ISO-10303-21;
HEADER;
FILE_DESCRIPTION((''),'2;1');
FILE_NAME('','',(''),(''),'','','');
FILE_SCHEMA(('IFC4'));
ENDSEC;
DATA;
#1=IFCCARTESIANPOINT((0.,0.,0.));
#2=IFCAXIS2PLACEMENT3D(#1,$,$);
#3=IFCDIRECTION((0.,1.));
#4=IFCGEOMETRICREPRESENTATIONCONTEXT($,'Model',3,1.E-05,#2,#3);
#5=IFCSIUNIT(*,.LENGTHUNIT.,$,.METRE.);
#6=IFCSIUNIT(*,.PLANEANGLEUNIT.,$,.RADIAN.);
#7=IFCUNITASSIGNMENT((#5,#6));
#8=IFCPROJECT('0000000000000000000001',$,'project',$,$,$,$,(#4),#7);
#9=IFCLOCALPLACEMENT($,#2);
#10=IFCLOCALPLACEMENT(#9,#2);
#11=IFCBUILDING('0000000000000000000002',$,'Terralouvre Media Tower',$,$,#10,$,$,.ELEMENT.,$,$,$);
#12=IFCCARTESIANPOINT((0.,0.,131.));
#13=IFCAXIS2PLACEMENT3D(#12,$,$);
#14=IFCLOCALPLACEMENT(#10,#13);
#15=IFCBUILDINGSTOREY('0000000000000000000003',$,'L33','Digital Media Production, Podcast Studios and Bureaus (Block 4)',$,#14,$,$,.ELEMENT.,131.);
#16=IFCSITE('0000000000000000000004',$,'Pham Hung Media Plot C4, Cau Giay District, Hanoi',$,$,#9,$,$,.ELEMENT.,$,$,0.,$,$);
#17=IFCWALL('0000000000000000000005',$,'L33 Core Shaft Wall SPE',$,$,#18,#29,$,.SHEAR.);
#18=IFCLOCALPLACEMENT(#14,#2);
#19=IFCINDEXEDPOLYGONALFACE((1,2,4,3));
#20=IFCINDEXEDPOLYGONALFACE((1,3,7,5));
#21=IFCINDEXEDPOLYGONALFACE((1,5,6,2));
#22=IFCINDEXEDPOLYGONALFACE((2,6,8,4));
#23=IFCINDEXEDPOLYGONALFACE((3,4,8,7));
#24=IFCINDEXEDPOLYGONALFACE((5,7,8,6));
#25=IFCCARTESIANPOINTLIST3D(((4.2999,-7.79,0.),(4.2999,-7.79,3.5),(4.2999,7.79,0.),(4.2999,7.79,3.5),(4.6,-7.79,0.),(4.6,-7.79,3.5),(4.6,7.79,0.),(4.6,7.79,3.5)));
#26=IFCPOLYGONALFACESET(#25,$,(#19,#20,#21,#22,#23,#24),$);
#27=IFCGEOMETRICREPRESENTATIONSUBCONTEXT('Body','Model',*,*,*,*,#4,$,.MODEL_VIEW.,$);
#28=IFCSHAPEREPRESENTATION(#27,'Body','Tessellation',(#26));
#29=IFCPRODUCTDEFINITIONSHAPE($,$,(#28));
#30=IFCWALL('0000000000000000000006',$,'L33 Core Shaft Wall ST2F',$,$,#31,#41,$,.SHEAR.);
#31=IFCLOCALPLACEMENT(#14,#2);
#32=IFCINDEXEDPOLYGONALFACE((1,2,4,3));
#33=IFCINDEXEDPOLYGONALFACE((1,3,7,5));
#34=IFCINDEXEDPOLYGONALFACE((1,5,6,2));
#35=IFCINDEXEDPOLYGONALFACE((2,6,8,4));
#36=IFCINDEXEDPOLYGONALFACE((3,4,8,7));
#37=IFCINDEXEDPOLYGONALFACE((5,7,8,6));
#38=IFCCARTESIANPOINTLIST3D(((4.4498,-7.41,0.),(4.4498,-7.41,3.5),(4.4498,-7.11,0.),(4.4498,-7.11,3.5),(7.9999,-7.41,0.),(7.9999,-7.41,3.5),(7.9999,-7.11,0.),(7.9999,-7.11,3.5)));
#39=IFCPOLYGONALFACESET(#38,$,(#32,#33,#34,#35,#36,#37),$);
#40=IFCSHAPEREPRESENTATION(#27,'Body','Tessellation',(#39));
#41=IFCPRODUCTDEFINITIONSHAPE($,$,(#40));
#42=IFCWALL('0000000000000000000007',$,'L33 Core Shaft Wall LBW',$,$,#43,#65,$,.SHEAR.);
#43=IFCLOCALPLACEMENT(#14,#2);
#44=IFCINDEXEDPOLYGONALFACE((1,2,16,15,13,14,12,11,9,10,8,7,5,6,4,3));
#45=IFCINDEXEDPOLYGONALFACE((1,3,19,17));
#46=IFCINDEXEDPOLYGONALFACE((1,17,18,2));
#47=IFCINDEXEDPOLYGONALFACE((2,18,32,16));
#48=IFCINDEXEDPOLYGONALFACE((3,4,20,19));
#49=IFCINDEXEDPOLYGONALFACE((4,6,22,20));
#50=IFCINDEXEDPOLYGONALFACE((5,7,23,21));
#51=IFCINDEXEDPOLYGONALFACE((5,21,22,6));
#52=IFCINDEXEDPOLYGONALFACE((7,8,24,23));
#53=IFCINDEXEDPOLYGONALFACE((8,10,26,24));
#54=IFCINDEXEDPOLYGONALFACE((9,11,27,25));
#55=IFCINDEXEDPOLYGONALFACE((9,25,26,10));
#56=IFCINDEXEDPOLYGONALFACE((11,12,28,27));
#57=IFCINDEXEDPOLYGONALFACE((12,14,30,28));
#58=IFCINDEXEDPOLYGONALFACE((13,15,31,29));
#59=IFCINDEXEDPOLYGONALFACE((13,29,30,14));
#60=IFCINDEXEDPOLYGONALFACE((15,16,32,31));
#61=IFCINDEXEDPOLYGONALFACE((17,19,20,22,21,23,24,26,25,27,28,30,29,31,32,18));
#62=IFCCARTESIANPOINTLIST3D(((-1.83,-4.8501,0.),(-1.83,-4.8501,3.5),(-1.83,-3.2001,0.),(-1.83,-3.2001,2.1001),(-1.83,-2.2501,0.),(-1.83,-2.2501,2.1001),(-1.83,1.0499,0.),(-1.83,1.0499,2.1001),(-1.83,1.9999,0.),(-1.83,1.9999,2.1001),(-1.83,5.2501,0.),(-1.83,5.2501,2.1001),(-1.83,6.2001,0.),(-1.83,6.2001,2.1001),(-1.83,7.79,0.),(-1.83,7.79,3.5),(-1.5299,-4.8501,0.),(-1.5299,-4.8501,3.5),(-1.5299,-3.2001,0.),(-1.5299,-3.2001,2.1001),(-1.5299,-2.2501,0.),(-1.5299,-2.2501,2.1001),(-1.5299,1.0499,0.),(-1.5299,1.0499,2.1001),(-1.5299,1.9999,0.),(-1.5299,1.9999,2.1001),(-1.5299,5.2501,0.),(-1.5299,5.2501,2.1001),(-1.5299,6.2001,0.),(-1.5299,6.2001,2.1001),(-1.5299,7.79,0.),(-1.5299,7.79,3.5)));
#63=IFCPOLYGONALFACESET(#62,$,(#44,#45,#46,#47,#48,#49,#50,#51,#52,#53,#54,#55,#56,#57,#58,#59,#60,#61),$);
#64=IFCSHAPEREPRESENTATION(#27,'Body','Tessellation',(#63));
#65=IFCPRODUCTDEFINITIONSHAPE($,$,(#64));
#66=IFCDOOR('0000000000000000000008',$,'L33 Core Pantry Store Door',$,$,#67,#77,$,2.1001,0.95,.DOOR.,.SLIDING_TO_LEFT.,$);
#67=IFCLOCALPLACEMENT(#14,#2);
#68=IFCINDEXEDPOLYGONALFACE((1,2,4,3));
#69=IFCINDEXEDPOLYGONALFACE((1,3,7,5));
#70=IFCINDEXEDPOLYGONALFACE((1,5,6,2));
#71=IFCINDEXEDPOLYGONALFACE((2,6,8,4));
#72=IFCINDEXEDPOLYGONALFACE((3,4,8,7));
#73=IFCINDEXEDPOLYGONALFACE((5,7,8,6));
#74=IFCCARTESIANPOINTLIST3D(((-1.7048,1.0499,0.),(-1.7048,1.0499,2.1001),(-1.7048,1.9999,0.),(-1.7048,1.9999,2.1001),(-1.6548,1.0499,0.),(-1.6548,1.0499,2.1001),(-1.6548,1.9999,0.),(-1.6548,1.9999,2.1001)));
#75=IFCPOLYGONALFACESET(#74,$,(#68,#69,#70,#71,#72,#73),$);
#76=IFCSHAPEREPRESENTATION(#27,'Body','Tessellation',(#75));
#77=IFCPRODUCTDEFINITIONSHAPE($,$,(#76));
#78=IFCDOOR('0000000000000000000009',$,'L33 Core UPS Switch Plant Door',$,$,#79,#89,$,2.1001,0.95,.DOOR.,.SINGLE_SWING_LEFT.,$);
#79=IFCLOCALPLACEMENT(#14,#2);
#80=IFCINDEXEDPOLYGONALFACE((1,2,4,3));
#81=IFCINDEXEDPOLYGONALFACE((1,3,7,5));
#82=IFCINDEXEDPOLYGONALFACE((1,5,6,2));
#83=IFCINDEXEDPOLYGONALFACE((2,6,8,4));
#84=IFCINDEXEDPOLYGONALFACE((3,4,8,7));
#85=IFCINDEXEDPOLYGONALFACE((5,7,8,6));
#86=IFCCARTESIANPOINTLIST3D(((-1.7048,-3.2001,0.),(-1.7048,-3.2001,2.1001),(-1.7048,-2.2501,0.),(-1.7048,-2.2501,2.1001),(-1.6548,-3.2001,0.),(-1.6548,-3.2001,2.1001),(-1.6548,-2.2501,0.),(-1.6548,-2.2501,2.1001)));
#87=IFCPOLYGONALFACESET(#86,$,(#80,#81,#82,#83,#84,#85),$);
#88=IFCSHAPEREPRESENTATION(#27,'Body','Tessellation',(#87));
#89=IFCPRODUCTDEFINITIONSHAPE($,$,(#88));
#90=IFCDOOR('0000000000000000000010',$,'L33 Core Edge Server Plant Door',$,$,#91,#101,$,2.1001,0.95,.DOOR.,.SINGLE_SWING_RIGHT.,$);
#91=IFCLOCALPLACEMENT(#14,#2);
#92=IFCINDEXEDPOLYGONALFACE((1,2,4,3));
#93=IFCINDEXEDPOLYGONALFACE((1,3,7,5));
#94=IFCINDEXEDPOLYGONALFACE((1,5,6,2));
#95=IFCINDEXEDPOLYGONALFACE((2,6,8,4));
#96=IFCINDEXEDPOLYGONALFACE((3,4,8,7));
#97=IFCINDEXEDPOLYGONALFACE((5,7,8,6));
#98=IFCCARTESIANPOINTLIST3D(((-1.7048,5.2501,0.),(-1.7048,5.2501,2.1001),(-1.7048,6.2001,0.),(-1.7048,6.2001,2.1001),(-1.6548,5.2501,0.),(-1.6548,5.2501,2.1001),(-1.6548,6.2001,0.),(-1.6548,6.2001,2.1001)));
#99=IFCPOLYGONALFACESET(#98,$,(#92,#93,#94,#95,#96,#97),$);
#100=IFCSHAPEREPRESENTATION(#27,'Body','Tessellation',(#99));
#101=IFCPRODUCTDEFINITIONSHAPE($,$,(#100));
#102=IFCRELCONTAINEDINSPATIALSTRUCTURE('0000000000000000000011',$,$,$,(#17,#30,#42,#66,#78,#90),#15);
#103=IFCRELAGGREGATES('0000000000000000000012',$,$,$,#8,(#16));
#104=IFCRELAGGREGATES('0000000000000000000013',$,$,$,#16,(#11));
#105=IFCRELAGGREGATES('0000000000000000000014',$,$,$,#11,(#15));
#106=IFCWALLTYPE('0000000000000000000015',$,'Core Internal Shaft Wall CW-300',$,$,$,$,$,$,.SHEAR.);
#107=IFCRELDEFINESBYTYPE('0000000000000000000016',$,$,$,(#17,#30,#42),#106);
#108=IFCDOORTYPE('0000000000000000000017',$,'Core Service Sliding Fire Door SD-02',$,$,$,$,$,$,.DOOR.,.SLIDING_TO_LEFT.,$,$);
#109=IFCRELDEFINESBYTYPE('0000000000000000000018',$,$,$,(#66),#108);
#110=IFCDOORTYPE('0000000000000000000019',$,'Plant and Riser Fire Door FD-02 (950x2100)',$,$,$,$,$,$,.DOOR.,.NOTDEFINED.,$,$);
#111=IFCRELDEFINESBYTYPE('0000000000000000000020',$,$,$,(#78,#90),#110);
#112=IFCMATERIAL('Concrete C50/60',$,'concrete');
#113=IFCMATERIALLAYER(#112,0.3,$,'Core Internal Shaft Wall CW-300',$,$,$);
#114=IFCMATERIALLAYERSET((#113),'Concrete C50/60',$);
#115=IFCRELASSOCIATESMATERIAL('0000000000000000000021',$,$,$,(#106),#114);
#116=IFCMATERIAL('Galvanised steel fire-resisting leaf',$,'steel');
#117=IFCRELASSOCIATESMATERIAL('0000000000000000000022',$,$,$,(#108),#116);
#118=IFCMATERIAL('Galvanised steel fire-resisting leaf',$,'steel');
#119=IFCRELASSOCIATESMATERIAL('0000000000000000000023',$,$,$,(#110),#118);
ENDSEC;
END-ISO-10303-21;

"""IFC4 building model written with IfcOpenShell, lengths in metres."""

from ifc_helpers import new_model, si_unit, direction, frame, frame_2d, origin, place, context, subcontext, project, spatial, rectangle, extrude, material, layer, layer_set, type_object, element, fill, save


model = new_model("IFC4")

# Units and contexts
model_context = context("Model", 3, precision=1e-05, world=origin(), true_north=direction((0.0, 1.0)))
body_context = subcontext(model_context, "Body", "Model", "MODEL_VIEW")
ifc_project = project(units=[si_unit("LENGTHUNIT", "METRE"), si_unit("PLANEANGLEUNIT", "RADIAN")], contexts=[model_context])

# Site, building, storey
site_placement = place(None, origin())
site = spatial("IfcSite", under=ifc_project, at=site_placement, Name="Pham Hung Media Plot C4, Cau Giay District, Hanoi", CompositionType="ELEMENT", RefElevation=0.0)
building_placement = place(site_placement, origin())
building = spatial("IfcBuilding", under=site, at=building_placement, Name="Terralouvre Media Tower", CompositionType="ELEMENT")
storey_placement = place(building_placement, frame((0.0, 0.0, 131.0)))
storey = spatial("IfcBuildingStorey", under=building, at=storey_placement, Name="L33", Description="Digital Media Production, Podcast Studios and Bureaus (Block 4)", CompositionType="ELEMENT", Elevation=131.0)

# Wall
ifc_material_1 = material(Name="Concrete C50/60", Category="concrete")
ifc_layer_1 = layer(ifc_material_1, 0.3, Name="Core Internal Shaft Wall CW-300")
ifc_layer_set_1 = layer_set([ifc_layer_1], Name="Concrete C50/60")
wall_type_1 = type_object("IfcWallType", Name="Core Internal Shaft Wall CW-300", PredefinedType="SHEAR", material=ifc_layer_set_1)
wall_1_placement = place(storey_placement, frame((4.45, -7.79, 0.0), z_axis=(0.0, 0.0, 1.0), x_axis=(0.0, 1.0, 0.0)))
element("IfcWall", 1, at=wall_1_placement, inside=storey, type_object=wall_type_1, Name="L33 Core Shaft Wall SPE", PredefinedType="SHEAR", context=body_context, shape_type="SweptSolid", body=[
    extrude(rectangle(XDim=15.5801, YDim=0.3, at=frame_2d((7.79, 0.0))), origin(), (0.0, 0.0, 1.0), 3.5),
])

# Wall
wall_2_placement = place(storey_placement, frame((4.45, -7.26, 0.0), z_axis=(0.0, 0.0, 1.0), x_axis=(1.0, 0.0, 0.0)))
element("IfcWall", 2, at=wall_2_placement, inside=storey, type_object=wall_type_1, Name="L33 Core Shaft Wall ST2F", PredefinedType="SHEAR", context=body_context, shape_type="SweptSolid", body=[
    extrude(rectangle(XDim=3.55, YDim=0.3, at=frame_2d((1.7749, 0.0))), origin(), (0.0, 0.0, 1.0), 3.5),
])

# Wall, openings, doors
wall_3_placement = place(storey_placement, frame((-1.6799, -4.8501, 0.0), z_axis=(0.0, 0.0, 1.0), x_axis=(0.0, 1.0, 0.0)))
wall_3 = element("IfcWall", 3, at=wall_3_placement, inside=storey, type_object=wall_type_1, Name="L33 Core Shaft Wall LBW", PredefinedType="SHEAR", context=body_context, shape_type="SweptSolid", body=[
    extrude(rectangle(XDim=12.6401, YDim=0.3, at=frame_2d((6.3201, 0.0))), origin(), (0.0, 0.0, 1.0), 3.5),
])
opening_1_placement = place(wall_3_placement, frame((1.6499, 0.0, 0.0)))
opening_1 = element("IfcOpeningElement", 4, at=opening_1_placement, cuts=wall_3, PredefinedType="OPENING", context=body_context, shape_type="SweptSolid", body=[
    extrude(rectangle(XDim=0.95, YDim=2.1001, at=frame_2d((0.4751, 1.05))), frame((0.0, 0.1599, 0.0), z_axis=(0.0, -1.0, 0.0), x_axis=(1.0, 0.0, 0.0)), (0.0, 0.0, 1.0), 0.3201),
])
opening_2_placement = place(wall_3_placement, frame((5.8999, 0.0, 0.0)))
opening_2 = element("IfcOpeningElement", 5, at=opening_2_placement, cuts=wall_3, PredefinedType="OPENING", context=body_context, shape_type="SweptSolid", body=[
    extrude(rectangle(XDim=0.95, YDim=2.1001, at=frame_2d((0.4751, 1.05))), frame((0.0, 0.1599, 0.0), z_axis=(0.0, -1.0, 0.0), x_axis=(1.0, 0.0, 0.0)), (0.0, 0.0, 1.0), 0.3201),
])
opening_3_placement = place(wall_3_placement, frame((10.1001, 0.0, 0.0)))
opening_3 = element("IfcOpeningElement", 6, at=opening_3_placement, cuts=wall_3, PredefinedType="OPENING", context=body_context, shape_type="SweptSolid", body=[
    extrude(rectangle(XDim=0.95, YDim=2.1001, at=frame_2d((0.4751, 1.05))), frame((0.0, 0.1599, 0.0), z_axis=(0.0, -1.0, 0.0), x_axis=(1.0, 0.0, 0.0)), (0.0, 0.0, 1.0), 0.3201),
])
ifc_material_2 = material(Name="Galvanised steel fire-resisting leaf", Category="steel")
door_type_1 = type_object("IfcDoorType", Name="Core Service Sliding Fire Door SD-02", OperationType="SLIDING_TO_LEFT", PredefinedType="DOOR", material=ifc_material_2)
door_1_placement = place(opening_2_placement, origin())
door_1 = element("IfcDoor", 7, at=door_1_placement, inside=storey, type_object=door_type_1, Name="L33 Core Pantry Store Door", OperationType="SLIDING_TO_LEFT", OverallHeight=2.1001, OverallWidth=0.95, PredefinedType="DOOR", context=body_context, shape_type="SweptSolid", body=[
    extrude(rectangle(XDim=0.95, YDim=2.1001, at=frame_2d((0.4751, 1.05))), frame((0.0, 0.0249, 0.0), z_axis=(0.0, -1.0, 0.0), x_axis=(1.0, 0.0, 0.0)), (0.0, 0.0, 1.0), 0.05),
])
fill(opening_2, door_1)
ifc_material_3 = material(Name="Galvanised steel fire-resisting leaf", Category="steel")
door_type_2 = type_object("IfcDoorType", Name="Plant and Riser Fire Door FD-02 (950x2100)", OperationType="NOTDEFINED", PredefinedType="DOOR", material=ifc_material_3)
door_2_placement = place(opening_1_placement, origin())
door_2 = element("IfcDoor", 8, at=door_2_placement, inside=storey, type_object=door_type_2, Name="L33 Core UPS Switch Plant Door", OperationType="SINGLE_SWING_LEFT", OverallHeight=2.1001, OverallWidth=0.95, PredefinedType="DOOR", context=body_context, shape_type="SweptSolid", body=[
    extrude(rectangle(XDim=0.95, YDim=2.1001, at=frame_2d((0.4751, 1.05))), frame((0.0, 0.0249, 0.0), z_axis=(0.0, -1.0, 0.0), x_axis=(1.0, 0.0, 0.0)), (0.0, 0.0, 1.0), 0.05),
])
fill(opening_1, door_2)
door_3_placement = place(opening_3_placement, origin())
door_3 = element("IfcDoor", 9, at=door_3_placement, inside=storey, type_object=door_type_2, Name="L33 Core Edge Server Plant Door", OperationType="SINGLE_SWING_RIGHT", OverallHeight=2.1001, OverallWidth=0.95, PredefinedType="DOOR", context=body_context, shape_type="SweptSolid", body=[
    extrude(rectangle(XDim=0.95, YDim=2.1001, at=frame_2d((0.4751, 1.05))), frame((0.0, 0.0249, 0.0), z_axis=(0.0, -1.0, 0.0), x_axis=(1.0, 0.0, 0.0)), (0.0, 0.0, 1.0), 0.05),
])
fill(opening_3, door_3)

save(model, "model.ifc")
